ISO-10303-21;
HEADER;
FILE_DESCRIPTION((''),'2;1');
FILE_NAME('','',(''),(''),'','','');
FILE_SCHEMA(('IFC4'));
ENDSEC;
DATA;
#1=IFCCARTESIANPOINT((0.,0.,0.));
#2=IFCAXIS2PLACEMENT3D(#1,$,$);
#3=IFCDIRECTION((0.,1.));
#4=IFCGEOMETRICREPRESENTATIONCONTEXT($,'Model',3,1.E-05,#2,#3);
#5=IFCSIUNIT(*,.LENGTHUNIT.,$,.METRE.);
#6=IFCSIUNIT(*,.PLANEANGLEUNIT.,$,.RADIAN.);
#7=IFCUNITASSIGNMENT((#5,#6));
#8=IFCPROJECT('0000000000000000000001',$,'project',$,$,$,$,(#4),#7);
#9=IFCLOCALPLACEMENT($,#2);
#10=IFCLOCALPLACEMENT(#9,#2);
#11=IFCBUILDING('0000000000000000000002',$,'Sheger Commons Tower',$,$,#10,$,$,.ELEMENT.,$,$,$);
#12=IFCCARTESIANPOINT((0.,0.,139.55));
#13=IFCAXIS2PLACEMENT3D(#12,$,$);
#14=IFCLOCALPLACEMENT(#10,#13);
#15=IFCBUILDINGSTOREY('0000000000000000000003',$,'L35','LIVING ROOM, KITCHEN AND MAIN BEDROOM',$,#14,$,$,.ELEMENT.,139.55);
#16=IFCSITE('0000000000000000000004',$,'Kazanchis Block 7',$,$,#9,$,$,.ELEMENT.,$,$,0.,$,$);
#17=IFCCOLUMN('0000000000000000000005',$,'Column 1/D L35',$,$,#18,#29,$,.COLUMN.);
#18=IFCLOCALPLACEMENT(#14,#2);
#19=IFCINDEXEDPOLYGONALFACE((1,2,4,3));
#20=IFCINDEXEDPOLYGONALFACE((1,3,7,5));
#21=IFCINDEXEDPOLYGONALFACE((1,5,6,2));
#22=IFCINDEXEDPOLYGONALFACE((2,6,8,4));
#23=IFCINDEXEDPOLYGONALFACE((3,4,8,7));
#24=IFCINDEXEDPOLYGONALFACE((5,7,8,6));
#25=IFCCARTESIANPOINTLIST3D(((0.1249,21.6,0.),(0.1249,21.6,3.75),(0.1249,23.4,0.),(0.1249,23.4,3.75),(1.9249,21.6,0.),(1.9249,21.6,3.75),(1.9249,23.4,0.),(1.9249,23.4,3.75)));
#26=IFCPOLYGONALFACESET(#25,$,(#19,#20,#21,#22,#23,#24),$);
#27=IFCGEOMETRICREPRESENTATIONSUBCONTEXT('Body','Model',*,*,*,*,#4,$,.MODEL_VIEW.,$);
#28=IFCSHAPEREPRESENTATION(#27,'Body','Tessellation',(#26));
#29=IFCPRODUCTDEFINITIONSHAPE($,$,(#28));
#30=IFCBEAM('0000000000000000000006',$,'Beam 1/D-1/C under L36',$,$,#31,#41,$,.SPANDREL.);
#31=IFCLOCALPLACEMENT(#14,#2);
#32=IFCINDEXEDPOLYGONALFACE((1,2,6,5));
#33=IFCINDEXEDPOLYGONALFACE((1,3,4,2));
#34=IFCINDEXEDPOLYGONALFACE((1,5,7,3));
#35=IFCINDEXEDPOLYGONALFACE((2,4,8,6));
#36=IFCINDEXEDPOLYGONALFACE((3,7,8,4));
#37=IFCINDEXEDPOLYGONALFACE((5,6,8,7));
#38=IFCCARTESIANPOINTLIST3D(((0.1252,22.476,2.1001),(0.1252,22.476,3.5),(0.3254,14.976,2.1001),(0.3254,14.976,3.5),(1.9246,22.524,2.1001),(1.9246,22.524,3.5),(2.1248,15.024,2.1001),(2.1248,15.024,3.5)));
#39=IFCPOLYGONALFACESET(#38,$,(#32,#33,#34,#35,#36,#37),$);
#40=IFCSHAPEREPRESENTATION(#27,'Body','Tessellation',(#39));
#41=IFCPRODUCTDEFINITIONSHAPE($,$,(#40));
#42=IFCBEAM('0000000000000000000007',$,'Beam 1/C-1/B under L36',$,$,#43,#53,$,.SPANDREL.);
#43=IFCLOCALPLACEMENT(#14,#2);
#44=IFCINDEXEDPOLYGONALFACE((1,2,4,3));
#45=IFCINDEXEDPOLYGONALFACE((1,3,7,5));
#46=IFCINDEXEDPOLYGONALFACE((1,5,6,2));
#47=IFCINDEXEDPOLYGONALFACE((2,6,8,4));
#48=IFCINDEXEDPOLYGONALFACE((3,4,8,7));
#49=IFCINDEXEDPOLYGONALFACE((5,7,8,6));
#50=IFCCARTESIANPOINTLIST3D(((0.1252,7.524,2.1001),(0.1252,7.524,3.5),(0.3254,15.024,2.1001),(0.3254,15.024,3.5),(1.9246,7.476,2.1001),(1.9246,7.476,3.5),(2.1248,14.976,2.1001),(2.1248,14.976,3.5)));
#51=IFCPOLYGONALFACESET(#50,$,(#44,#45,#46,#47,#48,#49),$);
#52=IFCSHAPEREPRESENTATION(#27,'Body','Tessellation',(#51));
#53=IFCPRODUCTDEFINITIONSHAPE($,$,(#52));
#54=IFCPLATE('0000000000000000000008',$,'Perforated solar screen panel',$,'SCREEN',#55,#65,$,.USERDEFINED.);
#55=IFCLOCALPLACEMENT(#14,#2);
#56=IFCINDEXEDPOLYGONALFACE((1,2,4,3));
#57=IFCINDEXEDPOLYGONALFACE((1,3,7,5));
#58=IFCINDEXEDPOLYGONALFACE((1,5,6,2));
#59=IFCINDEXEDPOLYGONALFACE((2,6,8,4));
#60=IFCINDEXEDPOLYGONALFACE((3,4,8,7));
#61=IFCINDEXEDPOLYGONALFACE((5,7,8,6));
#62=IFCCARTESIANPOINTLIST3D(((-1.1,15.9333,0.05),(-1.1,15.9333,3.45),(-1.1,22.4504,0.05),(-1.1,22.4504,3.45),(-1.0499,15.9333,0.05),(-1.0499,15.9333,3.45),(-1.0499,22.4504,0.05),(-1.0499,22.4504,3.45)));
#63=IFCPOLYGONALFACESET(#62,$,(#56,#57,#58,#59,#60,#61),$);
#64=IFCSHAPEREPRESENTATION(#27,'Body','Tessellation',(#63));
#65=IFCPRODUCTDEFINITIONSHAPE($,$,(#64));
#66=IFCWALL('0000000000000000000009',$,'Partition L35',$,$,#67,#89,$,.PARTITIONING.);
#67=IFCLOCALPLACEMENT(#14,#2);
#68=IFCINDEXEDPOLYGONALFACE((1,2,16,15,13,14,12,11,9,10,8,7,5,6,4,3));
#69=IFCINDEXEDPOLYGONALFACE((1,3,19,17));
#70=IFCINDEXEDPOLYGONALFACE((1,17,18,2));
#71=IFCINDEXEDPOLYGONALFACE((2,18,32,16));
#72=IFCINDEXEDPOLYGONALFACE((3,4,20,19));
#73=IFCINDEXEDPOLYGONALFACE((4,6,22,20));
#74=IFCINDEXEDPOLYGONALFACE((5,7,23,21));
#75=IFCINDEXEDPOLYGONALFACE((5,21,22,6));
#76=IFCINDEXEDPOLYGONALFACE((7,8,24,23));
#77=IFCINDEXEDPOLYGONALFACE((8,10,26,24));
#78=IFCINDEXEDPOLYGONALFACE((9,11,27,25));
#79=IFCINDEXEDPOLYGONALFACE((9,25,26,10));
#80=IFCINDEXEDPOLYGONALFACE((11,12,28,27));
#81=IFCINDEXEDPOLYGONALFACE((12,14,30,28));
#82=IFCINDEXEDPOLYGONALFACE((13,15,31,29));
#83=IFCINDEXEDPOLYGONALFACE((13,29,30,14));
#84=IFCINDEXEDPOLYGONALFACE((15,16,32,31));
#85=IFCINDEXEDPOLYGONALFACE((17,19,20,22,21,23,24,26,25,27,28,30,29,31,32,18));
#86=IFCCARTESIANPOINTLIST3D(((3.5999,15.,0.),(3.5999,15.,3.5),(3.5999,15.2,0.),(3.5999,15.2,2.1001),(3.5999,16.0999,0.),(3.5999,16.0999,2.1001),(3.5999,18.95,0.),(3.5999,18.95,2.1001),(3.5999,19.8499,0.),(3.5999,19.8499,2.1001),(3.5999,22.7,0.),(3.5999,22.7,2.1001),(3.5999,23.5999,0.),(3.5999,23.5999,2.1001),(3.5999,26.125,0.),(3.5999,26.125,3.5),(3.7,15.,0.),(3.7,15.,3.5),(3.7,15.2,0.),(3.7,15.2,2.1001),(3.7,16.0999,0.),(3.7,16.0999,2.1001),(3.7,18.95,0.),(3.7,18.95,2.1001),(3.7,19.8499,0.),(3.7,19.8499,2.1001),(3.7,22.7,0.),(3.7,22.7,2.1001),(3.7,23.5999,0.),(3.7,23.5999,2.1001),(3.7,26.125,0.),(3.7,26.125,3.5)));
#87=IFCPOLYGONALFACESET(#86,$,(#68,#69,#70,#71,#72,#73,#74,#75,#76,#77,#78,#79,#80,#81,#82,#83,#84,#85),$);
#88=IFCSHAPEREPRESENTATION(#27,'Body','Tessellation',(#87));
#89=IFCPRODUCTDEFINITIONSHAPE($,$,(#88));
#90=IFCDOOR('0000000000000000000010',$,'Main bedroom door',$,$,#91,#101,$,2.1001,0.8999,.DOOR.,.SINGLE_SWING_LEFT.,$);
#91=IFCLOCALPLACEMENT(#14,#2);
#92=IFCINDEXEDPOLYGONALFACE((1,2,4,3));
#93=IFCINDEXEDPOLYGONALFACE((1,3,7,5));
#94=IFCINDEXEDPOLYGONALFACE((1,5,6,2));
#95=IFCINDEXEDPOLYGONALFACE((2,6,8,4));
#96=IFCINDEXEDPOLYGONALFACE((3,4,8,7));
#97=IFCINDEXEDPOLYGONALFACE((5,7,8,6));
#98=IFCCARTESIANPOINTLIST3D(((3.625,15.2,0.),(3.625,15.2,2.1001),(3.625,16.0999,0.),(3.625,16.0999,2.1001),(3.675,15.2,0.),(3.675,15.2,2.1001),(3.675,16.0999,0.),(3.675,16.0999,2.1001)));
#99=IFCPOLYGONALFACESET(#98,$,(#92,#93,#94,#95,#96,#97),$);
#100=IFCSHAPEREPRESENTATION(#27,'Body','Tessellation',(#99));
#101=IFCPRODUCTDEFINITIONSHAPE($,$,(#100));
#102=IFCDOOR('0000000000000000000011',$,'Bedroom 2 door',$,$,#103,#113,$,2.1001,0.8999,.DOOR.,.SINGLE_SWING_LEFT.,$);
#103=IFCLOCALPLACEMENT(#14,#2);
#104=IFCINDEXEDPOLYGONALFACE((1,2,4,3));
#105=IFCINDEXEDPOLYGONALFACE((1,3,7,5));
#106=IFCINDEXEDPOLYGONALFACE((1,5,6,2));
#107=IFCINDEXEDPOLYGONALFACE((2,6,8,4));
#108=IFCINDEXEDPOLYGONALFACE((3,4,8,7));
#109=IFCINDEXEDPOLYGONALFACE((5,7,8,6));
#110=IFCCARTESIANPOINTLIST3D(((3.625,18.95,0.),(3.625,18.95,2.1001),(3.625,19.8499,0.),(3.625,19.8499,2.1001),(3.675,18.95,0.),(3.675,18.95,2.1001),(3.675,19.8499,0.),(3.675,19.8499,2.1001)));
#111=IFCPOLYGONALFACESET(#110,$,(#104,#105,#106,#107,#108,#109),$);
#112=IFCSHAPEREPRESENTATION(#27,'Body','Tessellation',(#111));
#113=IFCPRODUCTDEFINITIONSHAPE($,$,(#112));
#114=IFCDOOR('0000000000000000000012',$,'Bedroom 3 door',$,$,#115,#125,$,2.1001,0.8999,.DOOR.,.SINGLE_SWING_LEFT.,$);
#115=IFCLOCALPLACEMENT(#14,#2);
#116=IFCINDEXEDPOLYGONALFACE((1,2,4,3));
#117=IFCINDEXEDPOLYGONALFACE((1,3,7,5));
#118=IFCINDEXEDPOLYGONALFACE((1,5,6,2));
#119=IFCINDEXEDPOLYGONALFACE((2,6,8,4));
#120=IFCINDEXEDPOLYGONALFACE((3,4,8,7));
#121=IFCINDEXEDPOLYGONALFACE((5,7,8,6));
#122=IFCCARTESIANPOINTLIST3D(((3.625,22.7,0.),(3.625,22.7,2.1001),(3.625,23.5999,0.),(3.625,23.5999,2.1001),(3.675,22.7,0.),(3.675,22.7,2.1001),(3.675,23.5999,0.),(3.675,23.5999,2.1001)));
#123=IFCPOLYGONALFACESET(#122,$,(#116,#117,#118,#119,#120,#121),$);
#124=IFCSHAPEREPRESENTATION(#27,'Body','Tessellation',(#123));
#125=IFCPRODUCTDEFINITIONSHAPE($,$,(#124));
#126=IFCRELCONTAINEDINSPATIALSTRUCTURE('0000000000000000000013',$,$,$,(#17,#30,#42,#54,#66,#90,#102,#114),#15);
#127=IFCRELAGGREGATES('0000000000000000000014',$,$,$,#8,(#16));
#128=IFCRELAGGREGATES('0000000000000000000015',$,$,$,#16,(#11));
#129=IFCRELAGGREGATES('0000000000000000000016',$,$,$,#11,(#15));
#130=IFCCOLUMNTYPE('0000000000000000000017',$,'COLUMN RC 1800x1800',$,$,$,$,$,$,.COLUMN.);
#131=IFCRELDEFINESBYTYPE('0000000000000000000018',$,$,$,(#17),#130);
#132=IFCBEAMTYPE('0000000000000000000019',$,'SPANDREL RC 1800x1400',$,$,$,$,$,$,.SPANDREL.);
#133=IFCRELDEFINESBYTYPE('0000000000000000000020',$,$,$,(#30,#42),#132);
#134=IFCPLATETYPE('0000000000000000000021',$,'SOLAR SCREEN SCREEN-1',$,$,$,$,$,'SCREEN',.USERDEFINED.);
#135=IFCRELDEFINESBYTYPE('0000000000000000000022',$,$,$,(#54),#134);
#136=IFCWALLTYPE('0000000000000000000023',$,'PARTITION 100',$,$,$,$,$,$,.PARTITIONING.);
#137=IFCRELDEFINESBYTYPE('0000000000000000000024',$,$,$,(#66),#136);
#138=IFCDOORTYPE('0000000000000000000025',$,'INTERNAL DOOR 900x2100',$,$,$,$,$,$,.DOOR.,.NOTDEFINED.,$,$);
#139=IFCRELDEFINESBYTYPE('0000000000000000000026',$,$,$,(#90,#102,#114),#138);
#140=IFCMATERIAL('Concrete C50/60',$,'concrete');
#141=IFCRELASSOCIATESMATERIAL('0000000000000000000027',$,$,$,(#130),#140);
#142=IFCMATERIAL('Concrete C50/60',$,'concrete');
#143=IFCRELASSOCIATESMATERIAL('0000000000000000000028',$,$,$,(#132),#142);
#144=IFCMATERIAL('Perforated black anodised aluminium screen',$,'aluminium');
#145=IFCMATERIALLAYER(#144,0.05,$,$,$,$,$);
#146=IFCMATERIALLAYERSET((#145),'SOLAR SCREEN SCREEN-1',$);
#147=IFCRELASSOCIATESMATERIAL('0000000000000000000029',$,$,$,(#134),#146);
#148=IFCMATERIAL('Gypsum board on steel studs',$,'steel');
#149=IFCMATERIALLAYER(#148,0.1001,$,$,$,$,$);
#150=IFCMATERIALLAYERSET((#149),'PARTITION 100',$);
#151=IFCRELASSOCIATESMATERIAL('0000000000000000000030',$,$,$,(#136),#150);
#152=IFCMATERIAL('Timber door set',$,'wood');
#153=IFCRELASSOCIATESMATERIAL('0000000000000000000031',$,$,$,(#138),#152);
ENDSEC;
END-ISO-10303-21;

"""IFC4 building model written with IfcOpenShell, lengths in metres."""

from ifc_helpers import new_model, si_unit, direction, frame, frame_2d, origin, origin_2d, place, context, subcontext, project, spatial, rectangle, extrude, material, layer, layer_set, material_profile, profile_set, type_object, element, fill, save


model = new_model("IFC4")

# Units and contexts
model_context = context("Model", 3, precision=1e-05, world=origin(), true_north=direction((0.0, 1.0)))
body_context = subcontext(model_context, "Body", "Model", "MODEL_VIEW")
ifc_project = project(units=[si_unit("LENGTHUNIT", "METRE"), si_unit("PLANEANGLEUNIT", "RADIAN")], contexts=[model_context])

# Site, building, storey
site_placement = place(None, origin())
site = spatial("IfcSite", under=ifc_project, at=site_placement, Name="Kazanchis Block 7", CompositionType="ELEMENT", RefElevation=0.0)
building_placement = place(site_placement, origin())
building = spatial("IfcBuilding", under=site, at=building_placement, Name="Sheger Commons Tower", CompositionType="ELEMENT")
storey_placement = place(building_placement, frame((0.0, 0.0, 139.55)))
storey = spatial("IfcBuildingStorey", under=building, at=storey_placement, Name="L35", Description="LIVING ROOM, KITCHEN AND MAIN BEDROOM", CompositionType="ELEMENT", Elevation=139.55)

# Column
ifc_material_1 = material(Name="Concrete C50/60", Category="concrete")
ifc_material_profile_1 = material_profile(ifc_material_1, rectangle(XDim=1.8, YDim=1.8, at=origin_2d()), Name="RC 1800x1800")
ifc_profile_set_1 = profile_set([ifc_material_profile_1], Name="Concrete C50/60")
column_type = type_object("IfcColumnType", Name="COLUMN RC 1800x1800", PredefinedType="COLUMN", material=ifc_profile_set_1)
column_placement = place(storey_placement, frame((1.0249, 22.5, 0.0), z_axis=(0.0, 0.0, 1.0), x_axis=(1.0, 0.0, 0.0)))
element("IfcColumn", 1, at=column_placement, inside=storey, type_object=column_type, Name="Column 1/D L35", PredefinedType="COLUMN", context=body_context, shape_type="SweptSolid", body=[
    extrude(rectangle(XDim=1.8, YDim=1.8, at=origin_2d()), origin(), (0.0, 0.0, 1.0), 3.75),
])

# Beams
ifc_material_2 = material(Name="Concrete C50/60", Category="concrete")
ifc_material_profile_2 = material_profile(ifc_material_2, rectangle(XDim=1.8, YDim=1.3999, at=origin_2d()), Name="RC 1800x1400")
ifc_profile_set_2 = profile_set([ifc_material_profile_2], Name="Concrete C50/60")
beam_type = type_object("IfcBeamType", Name="SPANDREL RC 1800x1400", PredefinedType="SPANDREL", material=ifc_profile_set_2)
for number, where, z_axis, x_axis, name in (
    (2, (1.0249, 22.5, 2.8), (0.026683, -0.999644, 0.0), (0.999644, 0.026683, 0.0), "Beam 1/D-1/C under L36"),
    (3, (1.2251, 15.0, 2.8), (-0.026683, -0.999644, 0.0), (0.999644, -0.026683, 0.0), "Beam 1/C-1/B under L36"),
):
    element("IfcBeam", number, at=place(storey_placement, frame(where, z_axis=z_axis, x_axis=x_axis)), inside=storey, type_object=beam_type, Name=name, PredefinedType="SPANDREL", context=body_context, shape_type="SweptSolid", body=[
        extrude(rectangle(XDim=1.8, YDim=1.3999, at=origin_2d()), origin(), (0.0, 0.0, 1.0), 7.5027),
    ])

# Plate
ifc_material_3 = material(Name="Perforated black anodised aluminium screen", Category="aluminium")
ifc_layer_1 = layer(ifc_material_3, 0.05)
ifc_layer_set_1 = layer_set([ifc_layer_1], Name="SOLAR SCREEN SCREEN-1")
plate_type = type_object("IfcPlateType", Name="SOLAR SCREEN SCREEN-1", ElementType="SCREEN", PredefinedType="USERDEFINED", material=ifc_layer_set_1)
plate_placement = place(storey_placement, frame((-1.075, 19.1919, 0.05), z_axis=(0.0, 0.0, 1.0), x_axis=(0.0, -1.0, 0.0)))
element("IfcPlate", 4, at=plate_placement, inside=storey, type_object=plate_type, Name="Perforated solar screen panel", ObjectType="SCREEN", PredefinedType="USERDEFINED", context=body_context, shape_type="SweptSolid", body=[
    extrude(rectangle(XDim=6.5171, YDim=0.05, at=origin_2d()), origin(), (0.0, 0.0, 1.0), 3.3999),
])

# Wall, openings, doors
ifc_material_4 = material(Name="Gypsum board on steel studs", Category="steel")
ifc_layer_2 = layer(ifc_material_4, 0.1001)
ifc_layer_set_2 = layer_set([ifc_layer_2], Name="PARTITION 100")
wall_type = type_object("IfcWallType", Name="PARTITION 100", PredefinedType="PARTITIONING", material=ifc_layer_set_2)
wall_1_placement = place(storey_placement, frame((3.6499, 15.0, 0.0), z_axis=(0.0, 0.0, 1.0), x_axis=(0.0, 1.0, 0.0)))
wall_1 = element("IfcWall", 5, at=wall_1_placement, inside=storey, type_object=wall_type, Name="Partition L35", PredefinedType="PARTITIONING", context=body_context, shape_type="SweptSolid", body=[
    extrude(rectangle(XDim=11.125, YDim=0.1001, at=frame_2d((5.5625, 0.0))), origin(), (0.0, 0.0, 1.0), 3.5),
])
opening_1_placement = place(wall_1_placement, frame((0.2, 0.0, 0.0)))
opening_1 = element("IfcOpeningElement", 6, at=opening_1_placement, cuts=wall_1, PredefinedType="OPENING", context=body_context, shape_type="SweptSolid", body=[
    extrude(rectangle(XDim=0.8999, YDim=2.1001, at=frame_2d((0.45, 1.05))), frame((0.0, 0.0601, 0.0), z_axis=(0.0, -1.0, 0.0), x_axis=(1.0, 0.0, 0.0)), (0.0, 0.0, 1.0), 0.1201),
])
opening_2_placement = place(wall_1_placement, frame((3.95, 0.0, 0.0)))
opening_2 = element("IfcOpeningElement", 7, at=opening_2_placement, cuts=wall_1, PredefinedType="OPENING", context=body_context, shape_type="SweptSolid", body=[
    extrude(rectangle(XDim=0.8999, YDim=2.1001, at=frame_2d((0.45, 1.05))), frame((0.0, 0.0601, 0.0), z_axis=(0.0, -1.0, 0.0), x_axis=(1.0, 0.0, 0.0)), (0.0, 0.0, 1.0), 0.1201),
])
opening_3_placement = place(wall_1_placement, frame((7.7, 0.0, 0.0)))
opening_3 = element("IfcOpeningElement", 8, at=opening_3_placement, cuts=wall_1, PredefinedType="OPENING", context=body_context, shape_type="SweptSolid", body=[
    extrude(rectangle(XDim=0.8999, YDim=2.1001, at=frame_2d((0.45, 1.05))), frame((0.0, 0.0601, 0.0), z_axis=(0.0, -1.0, 0.0), x_axis=(1.0, 0.0, 0.0)), (0.0, 0.0, 1.0), 0.1201),
])
ifc_material_5 = material(Name="Timber door set", Category="wood")
door_type = type_object("IfcDoorType", Name="INTERNAL DOOR 900x2100", OperationType="NOTDEFINED", PredefinedType="DOOR", material=ifc_material_5)
door_1_placement = place(opening_1_placement, origin())
door_1 = element("IfcDoor", 9, at=door_1_placement, inside=storey, type_object=door_type, Name="Main bedroom door", OperationType="SINGLE_SWING_LEFT", OverallHeight=2.1001, OverallWidth=0.8999, PredefinedType="DOOR", context=body_context, shape_type="SweptSolid", body=[
    extrude(rectangle(XDim=0.8999, YDim=2.1001, at=frame_2d((0.45, 1.05))), frame((0.0, 0.0249, 0.0), z_axis=(0.0, -1.0, 0.0), x_axis=(1.0, 0.0, 0.0)), (0.0, 0.0, 1.0), 0.05),
])
fill(opening_1, door_1)
door_2_placement = place(opening_2_placement, origin())
door_2 = element("IfcDoor", 10, at=door_2_placement, inside=storey, type_object=door_type, Name="Bedroom 2 door", OperationType="SINGLE_SWING_LEFT", OverallHeight=2.1001, OverallWidth=0.8999, PredefinedType="DOOR", context=body_context, shape_type="SweptSolid", body=[
    extrude(rectangle(XDim=0.8999, YDim=2.1001, at=frame_2d((0.45, 1.05))), frame((0.0, 0.0249, 0.0), z_axis=(0.0, -1.0, 0.0), x_axis=(1.0, 0.0, 0.0)), (0.0, 0.0, 1.0), 0.05),
])
fill(opening_2, door_2)
door_3_placement = place(opening_3_placement, origin())
door_3 = element("IfcDoor", 11, at=door_3_placement, inside=storey, type_object=door_type, Name="Bedroom 3 door", OperationType="SINGLE_SWING_LEFT", OverallHeight=2.1001, OverallWidth=0.8999, PredefinedType="DOOR", context=body_context, shape_type="SweptSolid", body=[
    extrude(rectangle(XDim=0.8999, YDim=2.1001, at=frame_2d((0.45, 1.05))), frame((0.0, 0.0249, 0.0), z_axis=(0.0, -1.0, 0.0), x_axis=(1.0, 0.0, 0.0)), (0.0, 0.0, 1.0), 0.05),
])
fill(opening_3, door_3)

save(model, "model.ifc")
